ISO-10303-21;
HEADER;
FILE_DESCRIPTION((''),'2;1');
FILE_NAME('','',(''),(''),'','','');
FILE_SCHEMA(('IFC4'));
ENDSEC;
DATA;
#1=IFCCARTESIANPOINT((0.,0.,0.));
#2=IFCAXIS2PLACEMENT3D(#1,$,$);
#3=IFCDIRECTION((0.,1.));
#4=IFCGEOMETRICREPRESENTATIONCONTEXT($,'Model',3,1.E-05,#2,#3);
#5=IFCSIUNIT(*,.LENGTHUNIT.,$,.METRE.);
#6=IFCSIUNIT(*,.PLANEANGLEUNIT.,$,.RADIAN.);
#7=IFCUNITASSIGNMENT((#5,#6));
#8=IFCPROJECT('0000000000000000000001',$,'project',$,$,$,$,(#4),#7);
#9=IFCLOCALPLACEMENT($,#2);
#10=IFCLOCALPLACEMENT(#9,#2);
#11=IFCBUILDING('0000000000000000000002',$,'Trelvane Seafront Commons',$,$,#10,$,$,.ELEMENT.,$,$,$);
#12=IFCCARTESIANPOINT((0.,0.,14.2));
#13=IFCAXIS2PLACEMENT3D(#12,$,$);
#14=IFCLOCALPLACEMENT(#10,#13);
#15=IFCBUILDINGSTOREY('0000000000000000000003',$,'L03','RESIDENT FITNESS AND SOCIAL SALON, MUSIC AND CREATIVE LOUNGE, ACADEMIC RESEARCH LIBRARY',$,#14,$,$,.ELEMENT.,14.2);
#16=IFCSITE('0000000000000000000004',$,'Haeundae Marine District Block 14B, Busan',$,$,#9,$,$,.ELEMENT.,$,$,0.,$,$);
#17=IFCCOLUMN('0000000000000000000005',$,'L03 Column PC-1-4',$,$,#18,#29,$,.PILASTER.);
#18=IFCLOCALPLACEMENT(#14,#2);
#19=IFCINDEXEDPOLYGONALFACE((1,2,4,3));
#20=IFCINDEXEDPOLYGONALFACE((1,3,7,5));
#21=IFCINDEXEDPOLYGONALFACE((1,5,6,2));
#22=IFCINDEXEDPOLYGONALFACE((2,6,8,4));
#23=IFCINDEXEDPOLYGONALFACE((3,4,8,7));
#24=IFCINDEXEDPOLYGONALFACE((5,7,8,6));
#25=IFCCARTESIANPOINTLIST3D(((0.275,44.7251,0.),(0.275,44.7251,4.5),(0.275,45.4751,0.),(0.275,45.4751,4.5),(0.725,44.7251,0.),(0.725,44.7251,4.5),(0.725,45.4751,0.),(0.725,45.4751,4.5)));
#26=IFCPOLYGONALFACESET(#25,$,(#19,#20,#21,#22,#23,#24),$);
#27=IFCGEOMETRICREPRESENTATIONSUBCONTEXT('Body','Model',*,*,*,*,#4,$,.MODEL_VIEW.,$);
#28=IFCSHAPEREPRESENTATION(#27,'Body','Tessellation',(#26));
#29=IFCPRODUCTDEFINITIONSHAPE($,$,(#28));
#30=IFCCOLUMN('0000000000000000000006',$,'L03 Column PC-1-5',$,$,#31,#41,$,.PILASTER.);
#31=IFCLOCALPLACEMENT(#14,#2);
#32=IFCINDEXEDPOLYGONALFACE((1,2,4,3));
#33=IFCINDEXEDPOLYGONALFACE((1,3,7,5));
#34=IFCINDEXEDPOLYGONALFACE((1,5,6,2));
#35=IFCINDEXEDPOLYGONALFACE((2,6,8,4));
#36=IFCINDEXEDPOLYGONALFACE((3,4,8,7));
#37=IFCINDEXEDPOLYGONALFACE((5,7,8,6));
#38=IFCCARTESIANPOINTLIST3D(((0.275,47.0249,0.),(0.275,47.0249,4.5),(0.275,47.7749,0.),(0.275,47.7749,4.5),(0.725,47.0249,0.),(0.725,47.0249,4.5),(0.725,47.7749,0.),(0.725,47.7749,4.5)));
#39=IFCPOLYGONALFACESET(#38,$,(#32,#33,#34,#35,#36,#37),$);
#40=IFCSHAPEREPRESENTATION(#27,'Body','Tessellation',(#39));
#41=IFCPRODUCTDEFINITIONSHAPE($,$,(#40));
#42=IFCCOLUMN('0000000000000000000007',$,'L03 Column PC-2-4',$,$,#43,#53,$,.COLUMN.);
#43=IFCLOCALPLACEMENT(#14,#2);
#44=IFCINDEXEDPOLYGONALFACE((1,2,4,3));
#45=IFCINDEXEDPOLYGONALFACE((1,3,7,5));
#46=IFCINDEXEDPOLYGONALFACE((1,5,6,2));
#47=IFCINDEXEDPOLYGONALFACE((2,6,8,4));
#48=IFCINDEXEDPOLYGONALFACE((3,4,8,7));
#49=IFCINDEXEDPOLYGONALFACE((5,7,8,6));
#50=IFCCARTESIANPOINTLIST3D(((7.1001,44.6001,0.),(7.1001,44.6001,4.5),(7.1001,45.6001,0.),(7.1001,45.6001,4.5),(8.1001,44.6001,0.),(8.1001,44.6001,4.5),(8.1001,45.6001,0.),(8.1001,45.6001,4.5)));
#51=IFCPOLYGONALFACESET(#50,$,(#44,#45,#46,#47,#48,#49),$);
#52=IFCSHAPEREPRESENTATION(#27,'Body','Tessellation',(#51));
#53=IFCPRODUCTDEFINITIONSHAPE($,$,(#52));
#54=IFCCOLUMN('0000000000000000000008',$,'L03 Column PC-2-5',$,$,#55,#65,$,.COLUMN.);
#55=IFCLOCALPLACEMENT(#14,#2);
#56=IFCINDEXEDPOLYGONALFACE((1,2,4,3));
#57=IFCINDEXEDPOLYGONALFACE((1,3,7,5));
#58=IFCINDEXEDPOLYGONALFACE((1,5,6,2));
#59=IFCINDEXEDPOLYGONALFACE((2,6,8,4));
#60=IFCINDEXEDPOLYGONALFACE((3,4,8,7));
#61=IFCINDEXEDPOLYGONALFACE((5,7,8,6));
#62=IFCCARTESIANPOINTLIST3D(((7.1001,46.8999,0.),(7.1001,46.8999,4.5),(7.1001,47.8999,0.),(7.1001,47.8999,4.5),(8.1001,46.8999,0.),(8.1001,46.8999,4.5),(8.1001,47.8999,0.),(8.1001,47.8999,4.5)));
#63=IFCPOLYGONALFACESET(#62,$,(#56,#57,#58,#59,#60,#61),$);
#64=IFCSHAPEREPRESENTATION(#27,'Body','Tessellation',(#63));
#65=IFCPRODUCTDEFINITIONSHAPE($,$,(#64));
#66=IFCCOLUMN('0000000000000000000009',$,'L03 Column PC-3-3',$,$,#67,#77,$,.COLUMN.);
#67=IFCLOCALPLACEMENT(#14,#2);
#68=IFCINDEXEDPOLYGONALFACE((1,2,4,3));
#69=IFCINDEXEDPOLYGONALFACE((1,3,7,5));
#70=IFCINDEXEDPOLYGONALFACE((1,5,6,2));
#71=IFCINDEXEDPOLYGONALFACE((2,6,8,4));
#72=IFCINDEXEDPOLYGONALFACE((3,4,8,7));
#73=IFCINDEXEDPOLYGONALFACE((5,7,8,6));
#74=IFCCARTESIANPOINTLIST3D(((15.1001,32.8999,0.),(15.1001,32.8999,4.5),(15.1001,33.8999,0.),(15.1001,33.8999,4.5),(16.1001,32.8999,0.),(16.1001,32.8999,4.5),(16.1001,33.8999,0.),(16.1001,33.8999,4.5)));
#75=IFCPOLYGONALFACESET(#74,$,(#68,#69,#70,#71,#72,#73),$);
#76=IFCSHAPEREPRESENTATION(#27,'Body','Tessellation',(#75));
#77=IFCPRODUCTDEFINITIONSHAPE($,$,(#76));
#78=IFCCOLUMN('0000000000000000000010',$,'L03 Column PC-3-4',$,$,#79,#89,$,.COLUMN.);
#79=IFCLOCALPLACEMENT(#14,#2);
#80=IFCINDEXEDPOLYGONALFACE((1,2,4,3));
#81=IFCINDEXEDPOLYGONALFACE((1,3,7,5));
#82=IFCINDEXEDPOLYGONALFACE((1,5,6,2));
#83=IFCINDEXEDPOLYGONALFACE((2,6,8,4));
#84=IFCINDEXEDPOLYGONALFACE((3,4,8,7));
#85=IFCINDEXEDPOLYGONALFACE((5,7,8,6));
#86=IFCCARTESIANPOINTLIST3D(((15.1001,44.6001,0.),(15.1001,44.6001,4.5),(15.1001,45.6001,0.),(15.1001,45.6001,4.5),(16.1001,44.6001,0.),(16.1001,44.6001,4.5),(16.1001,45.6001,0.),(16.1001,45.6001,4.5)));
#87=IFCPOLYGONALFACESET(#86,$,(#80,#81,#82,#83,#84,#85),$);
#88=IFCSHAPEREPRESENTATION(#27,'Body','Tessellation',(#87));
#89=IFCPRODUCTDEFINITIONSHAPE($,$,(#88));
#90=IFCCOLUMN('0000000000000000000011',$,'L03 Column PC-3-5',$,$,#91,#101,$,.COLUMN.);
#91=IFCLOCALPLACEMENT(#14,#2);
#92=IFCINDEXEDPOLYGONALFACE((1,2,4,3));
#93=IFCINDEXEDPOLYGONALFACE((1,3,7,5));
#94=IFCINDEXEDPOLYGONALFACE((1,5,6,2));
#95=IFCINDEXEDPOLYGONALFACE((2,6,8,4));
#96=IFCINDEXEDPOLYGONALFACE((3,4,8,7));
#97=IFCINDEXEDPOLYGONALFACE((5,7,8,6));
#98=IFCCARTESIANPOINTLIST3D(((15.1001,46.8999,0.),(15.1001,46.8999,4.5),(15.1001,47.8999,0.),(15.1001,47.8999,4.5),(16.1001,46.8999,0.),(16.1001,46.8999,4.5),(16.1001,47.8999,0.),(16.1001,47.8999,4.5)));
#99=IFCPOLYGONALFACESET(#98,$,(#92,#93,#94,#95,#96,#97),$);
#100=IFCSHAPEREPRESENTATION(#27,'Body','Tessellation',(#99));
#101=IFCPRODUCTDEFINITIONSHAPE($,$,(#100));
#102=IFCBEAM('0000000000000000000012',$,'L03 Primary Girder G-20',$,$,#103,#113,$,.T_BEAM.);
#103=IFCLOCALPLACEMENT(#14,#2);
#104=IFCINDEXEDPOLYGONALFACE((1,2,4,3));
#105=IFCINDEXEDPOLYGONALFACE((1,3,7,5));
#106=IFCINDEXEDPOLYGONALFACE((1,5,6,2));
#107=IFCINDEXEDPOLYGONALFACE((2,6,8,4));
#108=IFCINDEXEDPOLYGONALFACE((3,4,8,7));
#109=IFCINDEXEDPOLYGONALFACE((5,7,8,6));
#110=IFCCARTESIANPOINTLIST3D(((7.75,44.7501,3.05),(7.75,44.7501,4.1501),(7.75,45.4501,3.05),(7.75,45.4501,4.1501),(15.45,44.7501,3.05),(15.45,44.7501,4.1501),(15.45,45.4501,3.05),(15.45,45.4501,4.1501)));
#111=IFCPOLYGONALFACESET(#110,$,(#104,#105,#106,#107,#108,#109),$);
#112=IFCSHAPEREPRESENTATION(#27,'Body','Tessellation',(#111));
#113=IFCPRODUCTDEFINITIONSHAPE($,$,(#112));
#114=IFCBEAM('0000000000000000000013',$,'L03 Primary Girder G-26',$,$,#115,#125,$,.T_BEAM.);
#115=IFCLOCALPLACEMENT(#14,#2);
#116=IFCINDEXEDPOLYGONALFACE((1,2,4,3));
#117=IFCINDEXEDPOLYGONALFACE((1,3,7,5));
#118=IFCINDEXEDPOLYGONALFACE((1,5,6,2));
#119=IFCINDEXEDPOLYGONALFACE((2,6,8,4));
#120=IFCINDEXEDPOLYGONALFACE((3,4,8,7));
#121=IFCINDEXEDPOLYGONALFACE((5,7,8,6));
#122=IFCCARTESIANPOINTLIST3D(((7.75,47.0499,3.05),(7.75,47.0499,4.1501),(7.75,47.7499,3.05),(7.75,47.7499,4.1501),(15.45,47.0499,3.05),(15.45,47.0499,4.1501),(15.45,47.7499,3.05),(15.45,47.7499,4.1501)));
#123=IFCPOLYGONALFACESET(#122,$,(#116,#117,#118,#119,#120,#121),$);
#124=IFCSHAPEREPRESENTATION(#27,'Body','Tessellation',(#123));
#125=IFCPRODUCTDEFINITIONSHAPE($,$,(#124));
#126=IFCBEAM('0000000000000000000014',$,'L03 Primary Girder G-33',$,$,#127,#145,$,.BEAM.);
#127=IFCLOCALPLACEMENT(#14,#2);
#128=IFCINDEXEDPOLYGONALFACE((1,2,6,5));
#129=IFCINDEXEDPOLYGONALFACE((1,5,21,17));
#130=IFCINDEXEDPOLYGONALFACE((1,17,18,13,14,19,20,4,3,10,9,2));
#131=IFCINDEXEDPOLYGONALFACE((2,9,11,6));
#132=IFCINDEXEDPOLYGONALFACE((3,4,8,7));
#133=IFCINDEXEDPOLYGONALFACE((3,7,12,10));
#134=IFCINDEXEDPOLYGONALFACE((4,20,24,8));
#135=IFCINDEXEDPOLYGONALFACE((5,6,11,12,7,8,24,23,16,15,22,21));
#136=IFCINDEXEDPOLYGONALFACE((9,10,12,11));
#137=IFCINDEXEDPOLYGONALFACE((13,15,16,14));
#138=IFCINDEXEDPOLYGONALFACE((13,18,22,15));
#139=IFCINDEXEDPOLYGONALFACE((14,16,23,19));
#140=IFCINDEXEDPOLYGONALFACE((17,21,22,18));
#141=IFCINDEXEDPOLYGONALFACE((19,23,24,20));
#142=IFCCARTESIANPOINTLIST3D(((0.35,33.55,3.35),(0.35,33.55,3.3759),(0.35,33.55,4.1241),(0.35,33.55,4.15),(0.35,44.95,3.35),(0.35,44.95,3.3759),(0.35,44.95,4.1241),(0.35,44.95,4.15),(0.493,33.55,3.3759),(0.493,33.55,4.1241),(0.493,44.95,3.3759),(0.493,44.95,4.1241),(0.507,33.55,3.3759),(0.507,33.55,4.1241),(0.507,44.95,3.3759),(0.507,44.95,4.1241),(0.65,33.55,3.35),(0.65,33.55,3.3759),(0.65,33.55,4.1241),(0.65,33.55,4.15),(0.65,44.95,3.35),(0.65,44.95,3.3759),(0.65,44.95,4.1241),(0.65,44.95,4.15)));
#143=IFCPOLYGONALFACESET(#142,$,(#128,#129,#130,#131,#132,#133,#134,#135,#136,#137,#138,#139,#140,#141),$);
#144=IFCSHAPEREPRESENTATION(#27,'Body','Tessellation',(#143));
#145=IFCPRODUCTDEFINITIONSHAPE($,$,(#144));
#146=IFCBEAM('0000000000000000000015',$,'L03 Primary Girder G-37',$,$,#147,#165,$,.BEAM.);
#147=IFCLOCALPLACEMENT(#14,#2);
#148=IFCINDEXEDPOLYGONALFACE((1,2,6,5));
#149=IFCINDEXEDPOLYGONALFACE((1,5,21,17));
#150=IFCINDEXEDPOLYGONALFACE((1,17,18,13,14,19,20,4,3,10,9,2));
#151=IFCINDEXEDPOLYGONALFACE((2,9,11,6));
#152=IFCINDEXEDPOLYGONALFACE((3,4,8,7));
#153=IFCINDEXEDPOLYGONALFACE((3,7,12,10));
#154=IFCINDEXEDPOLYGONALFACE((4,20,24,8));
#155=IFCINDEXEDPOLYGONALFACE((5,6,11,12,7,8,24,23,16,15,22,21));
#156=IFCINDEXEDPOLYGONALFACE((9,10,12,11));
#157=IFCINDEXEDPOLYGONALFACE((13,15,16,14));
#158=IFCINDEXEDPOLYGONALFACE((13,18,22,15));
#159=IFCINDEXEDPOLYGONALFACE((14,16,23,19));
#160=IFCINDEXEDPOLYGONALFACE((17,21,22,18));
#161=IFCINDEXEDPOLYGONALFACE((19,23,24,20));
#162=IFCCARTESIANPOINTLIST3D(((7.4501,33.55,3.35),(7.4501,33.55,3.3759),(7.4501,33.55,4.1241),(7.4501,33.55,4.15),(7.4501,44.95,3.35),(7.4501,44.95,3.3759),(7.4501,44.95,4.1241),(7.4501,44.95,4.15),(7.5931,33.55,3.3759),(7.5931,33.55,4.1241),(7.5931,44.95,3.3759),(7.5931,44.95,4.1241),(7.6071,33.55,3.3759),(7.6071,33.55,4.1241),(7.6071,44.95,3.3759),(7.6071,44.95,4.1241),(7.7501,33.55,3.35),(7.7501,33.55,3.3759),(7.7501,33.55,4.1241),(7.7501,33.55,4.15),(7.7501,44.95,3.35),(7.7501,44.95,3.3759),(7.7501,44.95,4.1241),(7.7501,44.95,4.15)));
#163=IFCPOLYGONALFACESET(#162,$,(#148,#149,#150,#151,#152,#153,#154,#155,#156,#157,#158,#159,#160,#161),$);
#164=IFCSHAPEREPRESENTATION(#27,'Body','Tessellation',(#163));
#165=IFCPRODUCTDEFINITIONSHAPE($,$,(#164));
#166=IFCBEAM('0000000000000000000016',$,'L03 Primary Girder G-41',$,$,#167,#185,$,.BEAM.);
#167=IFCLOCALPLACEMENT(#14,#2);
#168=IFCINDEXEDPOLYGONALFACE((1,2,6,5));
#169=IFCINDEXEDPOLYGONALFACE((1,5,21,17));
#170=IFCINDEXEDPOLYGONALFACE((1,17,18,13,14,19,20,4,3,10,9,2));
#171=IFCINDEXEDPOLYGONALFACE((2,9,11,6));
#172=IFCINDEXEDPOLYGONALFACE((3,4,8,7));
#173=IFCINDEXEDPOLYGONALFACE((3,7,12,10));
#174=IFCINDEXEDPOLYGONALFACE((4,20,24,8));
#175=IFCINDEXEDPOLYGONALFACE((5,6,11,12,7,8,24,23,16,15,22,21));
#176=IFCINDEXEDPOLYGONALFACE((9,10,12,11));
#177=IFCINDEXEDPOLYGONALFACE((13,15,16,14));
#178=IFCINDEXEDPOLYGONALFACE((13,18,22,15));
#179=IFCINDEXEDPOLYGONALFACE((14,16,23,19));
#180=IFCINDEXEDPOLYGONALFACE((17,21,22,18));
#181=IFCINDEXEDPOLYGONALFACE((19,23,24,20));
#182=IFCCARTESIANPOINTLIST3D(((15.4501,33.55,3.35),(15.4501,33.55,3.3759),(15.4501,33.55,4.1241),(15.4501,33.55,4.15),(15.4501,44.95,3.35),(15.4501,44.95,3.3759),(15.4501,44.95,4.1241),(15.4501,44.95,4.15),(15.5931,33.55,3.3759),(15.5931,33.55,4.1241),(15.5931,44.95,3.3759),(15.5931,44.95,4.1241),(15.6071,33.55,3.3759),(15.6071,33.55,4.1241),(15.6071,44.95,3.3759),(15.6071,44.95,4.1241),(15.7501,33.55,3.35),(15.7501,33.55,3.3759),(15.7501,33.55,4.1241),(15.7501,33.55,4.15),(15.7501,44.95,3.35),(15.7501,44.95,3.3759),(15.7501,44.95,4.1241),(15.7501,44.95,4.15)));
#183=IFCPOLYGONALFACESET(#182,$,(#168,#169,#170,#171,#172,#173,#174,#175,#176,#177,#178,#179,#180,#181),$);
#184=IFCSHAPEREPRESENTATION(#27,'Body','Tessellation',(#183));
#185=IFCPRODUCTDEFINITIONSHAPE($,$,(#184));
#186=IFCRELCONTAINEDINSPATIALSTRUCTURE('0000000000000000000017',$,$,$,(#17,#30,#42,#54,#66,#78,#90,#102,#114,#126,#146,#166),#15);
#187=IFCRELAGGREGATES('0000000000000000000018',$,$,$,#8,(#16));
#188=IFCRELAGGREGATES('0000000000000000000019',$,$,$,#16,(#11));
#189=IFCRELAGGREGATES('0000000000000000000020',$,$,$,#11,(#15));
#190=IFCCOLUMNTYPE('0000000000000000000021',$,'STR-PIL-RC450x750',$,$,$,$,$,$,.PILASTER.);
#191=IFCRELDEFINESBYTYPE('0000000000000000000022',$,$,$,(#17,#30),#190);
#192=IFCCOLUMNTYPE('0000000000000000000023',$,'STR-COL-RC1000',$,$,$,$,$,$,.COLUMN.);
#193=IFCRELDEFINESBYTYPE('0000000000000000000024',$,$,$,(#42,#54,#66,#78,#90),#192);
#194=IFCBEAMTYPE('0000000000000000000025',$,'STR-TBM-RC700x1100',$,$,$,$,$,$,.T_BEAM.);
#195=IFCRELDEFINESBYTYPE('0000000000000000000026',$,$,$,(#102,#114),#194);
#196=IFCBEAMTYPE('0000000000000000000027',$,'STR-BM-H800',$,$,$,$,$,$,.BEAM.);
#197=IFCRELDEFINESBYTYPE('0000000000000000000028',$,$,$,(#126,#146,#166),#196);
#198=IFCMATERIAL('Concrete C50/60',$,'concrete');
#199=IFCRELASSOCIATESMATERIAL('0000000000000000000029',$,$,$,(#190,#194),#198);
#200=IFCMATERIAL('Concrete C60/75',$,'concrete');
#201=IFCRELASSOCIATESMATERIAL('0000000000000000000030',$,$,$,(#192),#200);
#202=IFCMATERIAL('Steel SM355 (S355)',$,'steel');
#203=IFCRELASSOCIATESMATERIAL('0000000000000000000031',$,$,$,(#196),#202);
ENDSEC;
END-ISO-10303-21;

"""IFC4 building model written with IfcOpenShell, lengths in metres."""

from ifc_helpers import new_model, si_unit, direction, frame, origin, origin_2d, place, context, subcontext, project, spatial, rectangle, i_section, extrude, source, transform, mapped, material, material_profile, profile_set, type_object, element, save


model = new_model("IFC4")

# Units and contexts
model_context = context("Model", 3, precision=1e-05, world=origin(), true_north=direction((0.0, 1.0)))
body_context = subcontext(model_context, "Body", "Model", "MODEL_VIEW")
ifc_project = project(units=[si_unit("LENGTHUNIT", "METRE"), si_unit("PLANEANGLEUNIT", "RADIAN")], contexts=[model_context])

# Site, building, storey
site_placement = place(None, origin())
site = spatial("IfcSite", under=ifc_project, at=site_placement, Name="Haeundae Marine District Block 14B, Busan", CompositionType="ELEMENT", RefElevation=0.0)
building_placement = place(site_placement, origin())
building = spatial("IfcBuilding", under=site, at=building_placement, Name="Trelvane Seafront Commons", CompositionType="ELEMENT")
storey_placement = place(building_placement, frame((0.0, 0.0, 14.2)))
storey = spatial("IfcBuildingStorey", under=building, at=storey_placement, Name="L03", Description="RESIDENT FITNESS AND SOCIAL SALON, MUSIC AND CREATIVE LOUNGE, ACADEMIC RESEARCH LIBRARY", CompositionType="ELEMENT", Elevation=14.2)

# Columns
ifc_material_1 = material(Name="Concrete C50/60", Category="concrete")
ifc_material_profile_1 = material_profile(ifc_material_1, rectangle(XDim=0.45, YDim=0.75, at=origin_2d()), Name="RC-450x750")
ifc_profile_set_1 = profile_set([ifc_material_profile_1], Name="Concrete C50/60")
column_type_1 = type_object("IfcColumnType", Name="STR-PIL-RC450x750", PredefinedType="PILASTER", material=ifc_profile_set_1)
shared_shape_1 = source(origin(), body_context, "Body", "SweptSolid", [
    extrude(rectangle(XDim=0.45, YDim=0.75, at=origin_2d()), origin(), (0.0, 0.0, 1.0), 4.5),
])
for number, where, z_axis, x_axis, name in (
    (1, (0.5, 45.1001, 0.0), (0.0, 0.0, 1.0), (1.0, 0.0, 0.0), "L03 Column PC-1-4"),
    (2, (0.5, 47.3999, 0.0), (0.0, 0.0, 1.0), (1.0, 0.0, 0.0), "L03 Column PC-1-5"),
):
    element("IfcColumn", number, at=place(storey_placement, frame(where, z_axis=z_axis, x_axis=x_axis)), inside=storey, type_object=column_type_1, Name=name, PredefinedType="PILASTER", context=body_context, shape_type="MappedRepresentation", body=[
        mapped(shared_shape_1, transform((0.0, 0.0, 0.0), x_axis=(1.0, 0.0, 0.0), y_axis=(0.0, 1.0, 0.0), z_axis=(0.0, 0.0, 1.0), scale=1.0)),
    ])
ifc_material_2 = material(Name="Concrete C60/75", Category="concrete")
ifc_material_profile_2 = material_profile(ifc_material_2, rectangle(XDim=1.0, YDim=1.0, at=origin_2d()), Name="RC-1000x1000")
ifc_profile_set_2 = profile_set([ifc_material_profile_2], Name="Concrete C60/75")
column_type_2 = type_object("IfcColumnType", Name="STR-COL-RC1000", PredefinedType="COLUMN", material=ifc_profile_set_2)
shared_shape_2 = source(origin(), body_context, "Body", "SweptSolid", [
    extrude(rectangle(XDim=1.0, YDim=1.0, at=origin_2d()), origin(), (0.0, 0.0, 1.0), 4.5),
])
for number, where, z_axis, x_axis, name in (
    (3, (7.6001, 45.1001, 0.0), (0.0, 0.0, 1.0), (1.0, 0.0, 0.0), "L03 Column PC-2-4"),
    (4, (7.6001, 47.3999, 0.0), (0.0, 0.0, 1.0), (1.0, 0.0, 0.0), "L03 Column PC-2-5"),
    (5, (15.6001, 33.3999, 0.0), (0.0, 0.0, 1.0), (1.0, 0.0, 0.0), "L03 Column PC-3-3"),
    (6, (15.6001, 45.1001, 0.0), (0.0, 0.0, 1.0), (1.0, 0.0, 0.0), "L03 Column PC-3-4"),
    (7, (15.6001, 47.3999, 0.0), (0.0, 0.0, 1.0), (1.0, 0.0, 0.0), "L03 Column PC-3-5"),
):
    element("IfcColumn", number, at=place(storey_placement, frame(where, z_axis=z_axis, x_axis=x_axis)), inside=storey, type_object=column_type_2, Name=name, PredefinedType="COLUMN", context=body_context, shape_type="MappedRepresentation", body=[
        mapped(shared_shape_2, transform((0.0, 0.0, 0.0), x_axis=(1.0, 0.0, 0.0), y_axis=(0.0, 1.0, 0.0), z_axis=(0.0, 0.0, 1.0), scale=1.0)),
    ])

# Beams
ifc_material_profile_3 = material_profile(ifc_material_1, rectangle(XDim=0.7, YDim=1.1001, at=origin_2d()), Name="RC-700x1100")
ifc_profile_set_3 = profile_set([ifc_material_profile_3], Name="Concrete C50/60")
beam_type_1 = type_object("IfcBeamType", Name="STR-TBM-RC700x1100", PredefinedType="T_BEAM", material=ifc_profile_set_3)
shared_shape_3 = source(origin(), body_context, "Body", "SweptSolid", [
    extrude(rectangle(XDim=0.7, YDim=1.1001, at=origin_2d()), origin(), (0.0, 0.0, 1.0), 7.7),
])
for number, where, z_axis, x_axis, name in (
    (8, (7.75, 45.1001, 3.6001), (1.0, 0.0, 0.0), (0.0, 1.0, 0.0), "L03 Primary Girder G-20"),
    (9, (7.75, 47.3999, 3.6001), (1.0, 0.0, 0.0), (0.0, 1.0, 0.0), "L03 Primary Girder G-26"),
):
    element("IfcBeam", number, at=place(storey_placement, frame(where, z_axis=z_axis, x_axis=x_axis)), inside=storey, type_object=beam_type_1, Name=name, PredefinedType="T_BEAM", context=body_context, shape_type="MappedRepresentation", body=[
        mapped(shared_shape_3, transform((0.0, 0.0, 0.0), x_axis=(1.0, 0.0, 0.0), y_axis=(0.0, 1.0, 0.0), z_axis=(0.0, 0.0, 1.0), scale=1.0)),
    ])
ifc_material_3 = material(Name="Steel SM355 (S355)", Category="steel")
ifc_material_profile_4 = material_profile(ifc_material_3, i_section(OverallWidth=0.3, OverallDepth=0.8, WebThickness=0.0139, FlangeThickness=0.0259, at=origin_2d()), Name="H-800x300x14x26")
ifc_profile_set_4 = profile_set([ifc_material_profile_4], Name="Steel SM355 (S355)")
beam_type_2 = type_object("IfcBeamType", Name="STR-BM-H800", PredefinedType="BEAM", material=ifc_profile_set_4)
shared_shape_4 = source(origin(), body_context, "Body", "SweptSolid", [
    extrude(i_section(OverallWidth=0.3, OverallDepth=0.8, WebThickness=0.0139, FlangeThickness=0.0259, at=origin_2d()), origin(), (0.0, 0.0, 1.0), 11.3999),
])
for number, where, z_axis, x_axis, name in (
    (10, (0.5, 33.55, 3.75), (0.0, 1.0, 0.0), (-1.0, 0.0, 0.0), "L03 Primary Girder G-33"),
    (11, (7.6001, 33.55, 3.75), (0.0, 1.0, 0.0), (-1.0, 0.0, 0.0), "L03 Primary Girder G-37"),
    (12, (15.6001, 33.55, 3.75), (0.0, 1.0, 0.0), (-1.0, 0.0, 0.0), "L03 Primary Girder G-41"),
):
    element("IfcBeam", number, at=place(storey_placement, frame(where, z_axis=z_axis, x_axis=x_axis)), inside=storey, type_object=beam_type_2, Name=name, PredefinedType="BEAM", context=body_context, shape_type="MappedRepresentation", body=[
        mapped(shared_shape_4, transform((0.0, 0.0, 0.0), x_axis=(1.0, 0.0, 0.0), y_axis=(0.0, 1.0, 0.0), z_axis=(0.0, 0.0, 1.0), scale=1.0)),
    ])

save(model, "model.ifc")
